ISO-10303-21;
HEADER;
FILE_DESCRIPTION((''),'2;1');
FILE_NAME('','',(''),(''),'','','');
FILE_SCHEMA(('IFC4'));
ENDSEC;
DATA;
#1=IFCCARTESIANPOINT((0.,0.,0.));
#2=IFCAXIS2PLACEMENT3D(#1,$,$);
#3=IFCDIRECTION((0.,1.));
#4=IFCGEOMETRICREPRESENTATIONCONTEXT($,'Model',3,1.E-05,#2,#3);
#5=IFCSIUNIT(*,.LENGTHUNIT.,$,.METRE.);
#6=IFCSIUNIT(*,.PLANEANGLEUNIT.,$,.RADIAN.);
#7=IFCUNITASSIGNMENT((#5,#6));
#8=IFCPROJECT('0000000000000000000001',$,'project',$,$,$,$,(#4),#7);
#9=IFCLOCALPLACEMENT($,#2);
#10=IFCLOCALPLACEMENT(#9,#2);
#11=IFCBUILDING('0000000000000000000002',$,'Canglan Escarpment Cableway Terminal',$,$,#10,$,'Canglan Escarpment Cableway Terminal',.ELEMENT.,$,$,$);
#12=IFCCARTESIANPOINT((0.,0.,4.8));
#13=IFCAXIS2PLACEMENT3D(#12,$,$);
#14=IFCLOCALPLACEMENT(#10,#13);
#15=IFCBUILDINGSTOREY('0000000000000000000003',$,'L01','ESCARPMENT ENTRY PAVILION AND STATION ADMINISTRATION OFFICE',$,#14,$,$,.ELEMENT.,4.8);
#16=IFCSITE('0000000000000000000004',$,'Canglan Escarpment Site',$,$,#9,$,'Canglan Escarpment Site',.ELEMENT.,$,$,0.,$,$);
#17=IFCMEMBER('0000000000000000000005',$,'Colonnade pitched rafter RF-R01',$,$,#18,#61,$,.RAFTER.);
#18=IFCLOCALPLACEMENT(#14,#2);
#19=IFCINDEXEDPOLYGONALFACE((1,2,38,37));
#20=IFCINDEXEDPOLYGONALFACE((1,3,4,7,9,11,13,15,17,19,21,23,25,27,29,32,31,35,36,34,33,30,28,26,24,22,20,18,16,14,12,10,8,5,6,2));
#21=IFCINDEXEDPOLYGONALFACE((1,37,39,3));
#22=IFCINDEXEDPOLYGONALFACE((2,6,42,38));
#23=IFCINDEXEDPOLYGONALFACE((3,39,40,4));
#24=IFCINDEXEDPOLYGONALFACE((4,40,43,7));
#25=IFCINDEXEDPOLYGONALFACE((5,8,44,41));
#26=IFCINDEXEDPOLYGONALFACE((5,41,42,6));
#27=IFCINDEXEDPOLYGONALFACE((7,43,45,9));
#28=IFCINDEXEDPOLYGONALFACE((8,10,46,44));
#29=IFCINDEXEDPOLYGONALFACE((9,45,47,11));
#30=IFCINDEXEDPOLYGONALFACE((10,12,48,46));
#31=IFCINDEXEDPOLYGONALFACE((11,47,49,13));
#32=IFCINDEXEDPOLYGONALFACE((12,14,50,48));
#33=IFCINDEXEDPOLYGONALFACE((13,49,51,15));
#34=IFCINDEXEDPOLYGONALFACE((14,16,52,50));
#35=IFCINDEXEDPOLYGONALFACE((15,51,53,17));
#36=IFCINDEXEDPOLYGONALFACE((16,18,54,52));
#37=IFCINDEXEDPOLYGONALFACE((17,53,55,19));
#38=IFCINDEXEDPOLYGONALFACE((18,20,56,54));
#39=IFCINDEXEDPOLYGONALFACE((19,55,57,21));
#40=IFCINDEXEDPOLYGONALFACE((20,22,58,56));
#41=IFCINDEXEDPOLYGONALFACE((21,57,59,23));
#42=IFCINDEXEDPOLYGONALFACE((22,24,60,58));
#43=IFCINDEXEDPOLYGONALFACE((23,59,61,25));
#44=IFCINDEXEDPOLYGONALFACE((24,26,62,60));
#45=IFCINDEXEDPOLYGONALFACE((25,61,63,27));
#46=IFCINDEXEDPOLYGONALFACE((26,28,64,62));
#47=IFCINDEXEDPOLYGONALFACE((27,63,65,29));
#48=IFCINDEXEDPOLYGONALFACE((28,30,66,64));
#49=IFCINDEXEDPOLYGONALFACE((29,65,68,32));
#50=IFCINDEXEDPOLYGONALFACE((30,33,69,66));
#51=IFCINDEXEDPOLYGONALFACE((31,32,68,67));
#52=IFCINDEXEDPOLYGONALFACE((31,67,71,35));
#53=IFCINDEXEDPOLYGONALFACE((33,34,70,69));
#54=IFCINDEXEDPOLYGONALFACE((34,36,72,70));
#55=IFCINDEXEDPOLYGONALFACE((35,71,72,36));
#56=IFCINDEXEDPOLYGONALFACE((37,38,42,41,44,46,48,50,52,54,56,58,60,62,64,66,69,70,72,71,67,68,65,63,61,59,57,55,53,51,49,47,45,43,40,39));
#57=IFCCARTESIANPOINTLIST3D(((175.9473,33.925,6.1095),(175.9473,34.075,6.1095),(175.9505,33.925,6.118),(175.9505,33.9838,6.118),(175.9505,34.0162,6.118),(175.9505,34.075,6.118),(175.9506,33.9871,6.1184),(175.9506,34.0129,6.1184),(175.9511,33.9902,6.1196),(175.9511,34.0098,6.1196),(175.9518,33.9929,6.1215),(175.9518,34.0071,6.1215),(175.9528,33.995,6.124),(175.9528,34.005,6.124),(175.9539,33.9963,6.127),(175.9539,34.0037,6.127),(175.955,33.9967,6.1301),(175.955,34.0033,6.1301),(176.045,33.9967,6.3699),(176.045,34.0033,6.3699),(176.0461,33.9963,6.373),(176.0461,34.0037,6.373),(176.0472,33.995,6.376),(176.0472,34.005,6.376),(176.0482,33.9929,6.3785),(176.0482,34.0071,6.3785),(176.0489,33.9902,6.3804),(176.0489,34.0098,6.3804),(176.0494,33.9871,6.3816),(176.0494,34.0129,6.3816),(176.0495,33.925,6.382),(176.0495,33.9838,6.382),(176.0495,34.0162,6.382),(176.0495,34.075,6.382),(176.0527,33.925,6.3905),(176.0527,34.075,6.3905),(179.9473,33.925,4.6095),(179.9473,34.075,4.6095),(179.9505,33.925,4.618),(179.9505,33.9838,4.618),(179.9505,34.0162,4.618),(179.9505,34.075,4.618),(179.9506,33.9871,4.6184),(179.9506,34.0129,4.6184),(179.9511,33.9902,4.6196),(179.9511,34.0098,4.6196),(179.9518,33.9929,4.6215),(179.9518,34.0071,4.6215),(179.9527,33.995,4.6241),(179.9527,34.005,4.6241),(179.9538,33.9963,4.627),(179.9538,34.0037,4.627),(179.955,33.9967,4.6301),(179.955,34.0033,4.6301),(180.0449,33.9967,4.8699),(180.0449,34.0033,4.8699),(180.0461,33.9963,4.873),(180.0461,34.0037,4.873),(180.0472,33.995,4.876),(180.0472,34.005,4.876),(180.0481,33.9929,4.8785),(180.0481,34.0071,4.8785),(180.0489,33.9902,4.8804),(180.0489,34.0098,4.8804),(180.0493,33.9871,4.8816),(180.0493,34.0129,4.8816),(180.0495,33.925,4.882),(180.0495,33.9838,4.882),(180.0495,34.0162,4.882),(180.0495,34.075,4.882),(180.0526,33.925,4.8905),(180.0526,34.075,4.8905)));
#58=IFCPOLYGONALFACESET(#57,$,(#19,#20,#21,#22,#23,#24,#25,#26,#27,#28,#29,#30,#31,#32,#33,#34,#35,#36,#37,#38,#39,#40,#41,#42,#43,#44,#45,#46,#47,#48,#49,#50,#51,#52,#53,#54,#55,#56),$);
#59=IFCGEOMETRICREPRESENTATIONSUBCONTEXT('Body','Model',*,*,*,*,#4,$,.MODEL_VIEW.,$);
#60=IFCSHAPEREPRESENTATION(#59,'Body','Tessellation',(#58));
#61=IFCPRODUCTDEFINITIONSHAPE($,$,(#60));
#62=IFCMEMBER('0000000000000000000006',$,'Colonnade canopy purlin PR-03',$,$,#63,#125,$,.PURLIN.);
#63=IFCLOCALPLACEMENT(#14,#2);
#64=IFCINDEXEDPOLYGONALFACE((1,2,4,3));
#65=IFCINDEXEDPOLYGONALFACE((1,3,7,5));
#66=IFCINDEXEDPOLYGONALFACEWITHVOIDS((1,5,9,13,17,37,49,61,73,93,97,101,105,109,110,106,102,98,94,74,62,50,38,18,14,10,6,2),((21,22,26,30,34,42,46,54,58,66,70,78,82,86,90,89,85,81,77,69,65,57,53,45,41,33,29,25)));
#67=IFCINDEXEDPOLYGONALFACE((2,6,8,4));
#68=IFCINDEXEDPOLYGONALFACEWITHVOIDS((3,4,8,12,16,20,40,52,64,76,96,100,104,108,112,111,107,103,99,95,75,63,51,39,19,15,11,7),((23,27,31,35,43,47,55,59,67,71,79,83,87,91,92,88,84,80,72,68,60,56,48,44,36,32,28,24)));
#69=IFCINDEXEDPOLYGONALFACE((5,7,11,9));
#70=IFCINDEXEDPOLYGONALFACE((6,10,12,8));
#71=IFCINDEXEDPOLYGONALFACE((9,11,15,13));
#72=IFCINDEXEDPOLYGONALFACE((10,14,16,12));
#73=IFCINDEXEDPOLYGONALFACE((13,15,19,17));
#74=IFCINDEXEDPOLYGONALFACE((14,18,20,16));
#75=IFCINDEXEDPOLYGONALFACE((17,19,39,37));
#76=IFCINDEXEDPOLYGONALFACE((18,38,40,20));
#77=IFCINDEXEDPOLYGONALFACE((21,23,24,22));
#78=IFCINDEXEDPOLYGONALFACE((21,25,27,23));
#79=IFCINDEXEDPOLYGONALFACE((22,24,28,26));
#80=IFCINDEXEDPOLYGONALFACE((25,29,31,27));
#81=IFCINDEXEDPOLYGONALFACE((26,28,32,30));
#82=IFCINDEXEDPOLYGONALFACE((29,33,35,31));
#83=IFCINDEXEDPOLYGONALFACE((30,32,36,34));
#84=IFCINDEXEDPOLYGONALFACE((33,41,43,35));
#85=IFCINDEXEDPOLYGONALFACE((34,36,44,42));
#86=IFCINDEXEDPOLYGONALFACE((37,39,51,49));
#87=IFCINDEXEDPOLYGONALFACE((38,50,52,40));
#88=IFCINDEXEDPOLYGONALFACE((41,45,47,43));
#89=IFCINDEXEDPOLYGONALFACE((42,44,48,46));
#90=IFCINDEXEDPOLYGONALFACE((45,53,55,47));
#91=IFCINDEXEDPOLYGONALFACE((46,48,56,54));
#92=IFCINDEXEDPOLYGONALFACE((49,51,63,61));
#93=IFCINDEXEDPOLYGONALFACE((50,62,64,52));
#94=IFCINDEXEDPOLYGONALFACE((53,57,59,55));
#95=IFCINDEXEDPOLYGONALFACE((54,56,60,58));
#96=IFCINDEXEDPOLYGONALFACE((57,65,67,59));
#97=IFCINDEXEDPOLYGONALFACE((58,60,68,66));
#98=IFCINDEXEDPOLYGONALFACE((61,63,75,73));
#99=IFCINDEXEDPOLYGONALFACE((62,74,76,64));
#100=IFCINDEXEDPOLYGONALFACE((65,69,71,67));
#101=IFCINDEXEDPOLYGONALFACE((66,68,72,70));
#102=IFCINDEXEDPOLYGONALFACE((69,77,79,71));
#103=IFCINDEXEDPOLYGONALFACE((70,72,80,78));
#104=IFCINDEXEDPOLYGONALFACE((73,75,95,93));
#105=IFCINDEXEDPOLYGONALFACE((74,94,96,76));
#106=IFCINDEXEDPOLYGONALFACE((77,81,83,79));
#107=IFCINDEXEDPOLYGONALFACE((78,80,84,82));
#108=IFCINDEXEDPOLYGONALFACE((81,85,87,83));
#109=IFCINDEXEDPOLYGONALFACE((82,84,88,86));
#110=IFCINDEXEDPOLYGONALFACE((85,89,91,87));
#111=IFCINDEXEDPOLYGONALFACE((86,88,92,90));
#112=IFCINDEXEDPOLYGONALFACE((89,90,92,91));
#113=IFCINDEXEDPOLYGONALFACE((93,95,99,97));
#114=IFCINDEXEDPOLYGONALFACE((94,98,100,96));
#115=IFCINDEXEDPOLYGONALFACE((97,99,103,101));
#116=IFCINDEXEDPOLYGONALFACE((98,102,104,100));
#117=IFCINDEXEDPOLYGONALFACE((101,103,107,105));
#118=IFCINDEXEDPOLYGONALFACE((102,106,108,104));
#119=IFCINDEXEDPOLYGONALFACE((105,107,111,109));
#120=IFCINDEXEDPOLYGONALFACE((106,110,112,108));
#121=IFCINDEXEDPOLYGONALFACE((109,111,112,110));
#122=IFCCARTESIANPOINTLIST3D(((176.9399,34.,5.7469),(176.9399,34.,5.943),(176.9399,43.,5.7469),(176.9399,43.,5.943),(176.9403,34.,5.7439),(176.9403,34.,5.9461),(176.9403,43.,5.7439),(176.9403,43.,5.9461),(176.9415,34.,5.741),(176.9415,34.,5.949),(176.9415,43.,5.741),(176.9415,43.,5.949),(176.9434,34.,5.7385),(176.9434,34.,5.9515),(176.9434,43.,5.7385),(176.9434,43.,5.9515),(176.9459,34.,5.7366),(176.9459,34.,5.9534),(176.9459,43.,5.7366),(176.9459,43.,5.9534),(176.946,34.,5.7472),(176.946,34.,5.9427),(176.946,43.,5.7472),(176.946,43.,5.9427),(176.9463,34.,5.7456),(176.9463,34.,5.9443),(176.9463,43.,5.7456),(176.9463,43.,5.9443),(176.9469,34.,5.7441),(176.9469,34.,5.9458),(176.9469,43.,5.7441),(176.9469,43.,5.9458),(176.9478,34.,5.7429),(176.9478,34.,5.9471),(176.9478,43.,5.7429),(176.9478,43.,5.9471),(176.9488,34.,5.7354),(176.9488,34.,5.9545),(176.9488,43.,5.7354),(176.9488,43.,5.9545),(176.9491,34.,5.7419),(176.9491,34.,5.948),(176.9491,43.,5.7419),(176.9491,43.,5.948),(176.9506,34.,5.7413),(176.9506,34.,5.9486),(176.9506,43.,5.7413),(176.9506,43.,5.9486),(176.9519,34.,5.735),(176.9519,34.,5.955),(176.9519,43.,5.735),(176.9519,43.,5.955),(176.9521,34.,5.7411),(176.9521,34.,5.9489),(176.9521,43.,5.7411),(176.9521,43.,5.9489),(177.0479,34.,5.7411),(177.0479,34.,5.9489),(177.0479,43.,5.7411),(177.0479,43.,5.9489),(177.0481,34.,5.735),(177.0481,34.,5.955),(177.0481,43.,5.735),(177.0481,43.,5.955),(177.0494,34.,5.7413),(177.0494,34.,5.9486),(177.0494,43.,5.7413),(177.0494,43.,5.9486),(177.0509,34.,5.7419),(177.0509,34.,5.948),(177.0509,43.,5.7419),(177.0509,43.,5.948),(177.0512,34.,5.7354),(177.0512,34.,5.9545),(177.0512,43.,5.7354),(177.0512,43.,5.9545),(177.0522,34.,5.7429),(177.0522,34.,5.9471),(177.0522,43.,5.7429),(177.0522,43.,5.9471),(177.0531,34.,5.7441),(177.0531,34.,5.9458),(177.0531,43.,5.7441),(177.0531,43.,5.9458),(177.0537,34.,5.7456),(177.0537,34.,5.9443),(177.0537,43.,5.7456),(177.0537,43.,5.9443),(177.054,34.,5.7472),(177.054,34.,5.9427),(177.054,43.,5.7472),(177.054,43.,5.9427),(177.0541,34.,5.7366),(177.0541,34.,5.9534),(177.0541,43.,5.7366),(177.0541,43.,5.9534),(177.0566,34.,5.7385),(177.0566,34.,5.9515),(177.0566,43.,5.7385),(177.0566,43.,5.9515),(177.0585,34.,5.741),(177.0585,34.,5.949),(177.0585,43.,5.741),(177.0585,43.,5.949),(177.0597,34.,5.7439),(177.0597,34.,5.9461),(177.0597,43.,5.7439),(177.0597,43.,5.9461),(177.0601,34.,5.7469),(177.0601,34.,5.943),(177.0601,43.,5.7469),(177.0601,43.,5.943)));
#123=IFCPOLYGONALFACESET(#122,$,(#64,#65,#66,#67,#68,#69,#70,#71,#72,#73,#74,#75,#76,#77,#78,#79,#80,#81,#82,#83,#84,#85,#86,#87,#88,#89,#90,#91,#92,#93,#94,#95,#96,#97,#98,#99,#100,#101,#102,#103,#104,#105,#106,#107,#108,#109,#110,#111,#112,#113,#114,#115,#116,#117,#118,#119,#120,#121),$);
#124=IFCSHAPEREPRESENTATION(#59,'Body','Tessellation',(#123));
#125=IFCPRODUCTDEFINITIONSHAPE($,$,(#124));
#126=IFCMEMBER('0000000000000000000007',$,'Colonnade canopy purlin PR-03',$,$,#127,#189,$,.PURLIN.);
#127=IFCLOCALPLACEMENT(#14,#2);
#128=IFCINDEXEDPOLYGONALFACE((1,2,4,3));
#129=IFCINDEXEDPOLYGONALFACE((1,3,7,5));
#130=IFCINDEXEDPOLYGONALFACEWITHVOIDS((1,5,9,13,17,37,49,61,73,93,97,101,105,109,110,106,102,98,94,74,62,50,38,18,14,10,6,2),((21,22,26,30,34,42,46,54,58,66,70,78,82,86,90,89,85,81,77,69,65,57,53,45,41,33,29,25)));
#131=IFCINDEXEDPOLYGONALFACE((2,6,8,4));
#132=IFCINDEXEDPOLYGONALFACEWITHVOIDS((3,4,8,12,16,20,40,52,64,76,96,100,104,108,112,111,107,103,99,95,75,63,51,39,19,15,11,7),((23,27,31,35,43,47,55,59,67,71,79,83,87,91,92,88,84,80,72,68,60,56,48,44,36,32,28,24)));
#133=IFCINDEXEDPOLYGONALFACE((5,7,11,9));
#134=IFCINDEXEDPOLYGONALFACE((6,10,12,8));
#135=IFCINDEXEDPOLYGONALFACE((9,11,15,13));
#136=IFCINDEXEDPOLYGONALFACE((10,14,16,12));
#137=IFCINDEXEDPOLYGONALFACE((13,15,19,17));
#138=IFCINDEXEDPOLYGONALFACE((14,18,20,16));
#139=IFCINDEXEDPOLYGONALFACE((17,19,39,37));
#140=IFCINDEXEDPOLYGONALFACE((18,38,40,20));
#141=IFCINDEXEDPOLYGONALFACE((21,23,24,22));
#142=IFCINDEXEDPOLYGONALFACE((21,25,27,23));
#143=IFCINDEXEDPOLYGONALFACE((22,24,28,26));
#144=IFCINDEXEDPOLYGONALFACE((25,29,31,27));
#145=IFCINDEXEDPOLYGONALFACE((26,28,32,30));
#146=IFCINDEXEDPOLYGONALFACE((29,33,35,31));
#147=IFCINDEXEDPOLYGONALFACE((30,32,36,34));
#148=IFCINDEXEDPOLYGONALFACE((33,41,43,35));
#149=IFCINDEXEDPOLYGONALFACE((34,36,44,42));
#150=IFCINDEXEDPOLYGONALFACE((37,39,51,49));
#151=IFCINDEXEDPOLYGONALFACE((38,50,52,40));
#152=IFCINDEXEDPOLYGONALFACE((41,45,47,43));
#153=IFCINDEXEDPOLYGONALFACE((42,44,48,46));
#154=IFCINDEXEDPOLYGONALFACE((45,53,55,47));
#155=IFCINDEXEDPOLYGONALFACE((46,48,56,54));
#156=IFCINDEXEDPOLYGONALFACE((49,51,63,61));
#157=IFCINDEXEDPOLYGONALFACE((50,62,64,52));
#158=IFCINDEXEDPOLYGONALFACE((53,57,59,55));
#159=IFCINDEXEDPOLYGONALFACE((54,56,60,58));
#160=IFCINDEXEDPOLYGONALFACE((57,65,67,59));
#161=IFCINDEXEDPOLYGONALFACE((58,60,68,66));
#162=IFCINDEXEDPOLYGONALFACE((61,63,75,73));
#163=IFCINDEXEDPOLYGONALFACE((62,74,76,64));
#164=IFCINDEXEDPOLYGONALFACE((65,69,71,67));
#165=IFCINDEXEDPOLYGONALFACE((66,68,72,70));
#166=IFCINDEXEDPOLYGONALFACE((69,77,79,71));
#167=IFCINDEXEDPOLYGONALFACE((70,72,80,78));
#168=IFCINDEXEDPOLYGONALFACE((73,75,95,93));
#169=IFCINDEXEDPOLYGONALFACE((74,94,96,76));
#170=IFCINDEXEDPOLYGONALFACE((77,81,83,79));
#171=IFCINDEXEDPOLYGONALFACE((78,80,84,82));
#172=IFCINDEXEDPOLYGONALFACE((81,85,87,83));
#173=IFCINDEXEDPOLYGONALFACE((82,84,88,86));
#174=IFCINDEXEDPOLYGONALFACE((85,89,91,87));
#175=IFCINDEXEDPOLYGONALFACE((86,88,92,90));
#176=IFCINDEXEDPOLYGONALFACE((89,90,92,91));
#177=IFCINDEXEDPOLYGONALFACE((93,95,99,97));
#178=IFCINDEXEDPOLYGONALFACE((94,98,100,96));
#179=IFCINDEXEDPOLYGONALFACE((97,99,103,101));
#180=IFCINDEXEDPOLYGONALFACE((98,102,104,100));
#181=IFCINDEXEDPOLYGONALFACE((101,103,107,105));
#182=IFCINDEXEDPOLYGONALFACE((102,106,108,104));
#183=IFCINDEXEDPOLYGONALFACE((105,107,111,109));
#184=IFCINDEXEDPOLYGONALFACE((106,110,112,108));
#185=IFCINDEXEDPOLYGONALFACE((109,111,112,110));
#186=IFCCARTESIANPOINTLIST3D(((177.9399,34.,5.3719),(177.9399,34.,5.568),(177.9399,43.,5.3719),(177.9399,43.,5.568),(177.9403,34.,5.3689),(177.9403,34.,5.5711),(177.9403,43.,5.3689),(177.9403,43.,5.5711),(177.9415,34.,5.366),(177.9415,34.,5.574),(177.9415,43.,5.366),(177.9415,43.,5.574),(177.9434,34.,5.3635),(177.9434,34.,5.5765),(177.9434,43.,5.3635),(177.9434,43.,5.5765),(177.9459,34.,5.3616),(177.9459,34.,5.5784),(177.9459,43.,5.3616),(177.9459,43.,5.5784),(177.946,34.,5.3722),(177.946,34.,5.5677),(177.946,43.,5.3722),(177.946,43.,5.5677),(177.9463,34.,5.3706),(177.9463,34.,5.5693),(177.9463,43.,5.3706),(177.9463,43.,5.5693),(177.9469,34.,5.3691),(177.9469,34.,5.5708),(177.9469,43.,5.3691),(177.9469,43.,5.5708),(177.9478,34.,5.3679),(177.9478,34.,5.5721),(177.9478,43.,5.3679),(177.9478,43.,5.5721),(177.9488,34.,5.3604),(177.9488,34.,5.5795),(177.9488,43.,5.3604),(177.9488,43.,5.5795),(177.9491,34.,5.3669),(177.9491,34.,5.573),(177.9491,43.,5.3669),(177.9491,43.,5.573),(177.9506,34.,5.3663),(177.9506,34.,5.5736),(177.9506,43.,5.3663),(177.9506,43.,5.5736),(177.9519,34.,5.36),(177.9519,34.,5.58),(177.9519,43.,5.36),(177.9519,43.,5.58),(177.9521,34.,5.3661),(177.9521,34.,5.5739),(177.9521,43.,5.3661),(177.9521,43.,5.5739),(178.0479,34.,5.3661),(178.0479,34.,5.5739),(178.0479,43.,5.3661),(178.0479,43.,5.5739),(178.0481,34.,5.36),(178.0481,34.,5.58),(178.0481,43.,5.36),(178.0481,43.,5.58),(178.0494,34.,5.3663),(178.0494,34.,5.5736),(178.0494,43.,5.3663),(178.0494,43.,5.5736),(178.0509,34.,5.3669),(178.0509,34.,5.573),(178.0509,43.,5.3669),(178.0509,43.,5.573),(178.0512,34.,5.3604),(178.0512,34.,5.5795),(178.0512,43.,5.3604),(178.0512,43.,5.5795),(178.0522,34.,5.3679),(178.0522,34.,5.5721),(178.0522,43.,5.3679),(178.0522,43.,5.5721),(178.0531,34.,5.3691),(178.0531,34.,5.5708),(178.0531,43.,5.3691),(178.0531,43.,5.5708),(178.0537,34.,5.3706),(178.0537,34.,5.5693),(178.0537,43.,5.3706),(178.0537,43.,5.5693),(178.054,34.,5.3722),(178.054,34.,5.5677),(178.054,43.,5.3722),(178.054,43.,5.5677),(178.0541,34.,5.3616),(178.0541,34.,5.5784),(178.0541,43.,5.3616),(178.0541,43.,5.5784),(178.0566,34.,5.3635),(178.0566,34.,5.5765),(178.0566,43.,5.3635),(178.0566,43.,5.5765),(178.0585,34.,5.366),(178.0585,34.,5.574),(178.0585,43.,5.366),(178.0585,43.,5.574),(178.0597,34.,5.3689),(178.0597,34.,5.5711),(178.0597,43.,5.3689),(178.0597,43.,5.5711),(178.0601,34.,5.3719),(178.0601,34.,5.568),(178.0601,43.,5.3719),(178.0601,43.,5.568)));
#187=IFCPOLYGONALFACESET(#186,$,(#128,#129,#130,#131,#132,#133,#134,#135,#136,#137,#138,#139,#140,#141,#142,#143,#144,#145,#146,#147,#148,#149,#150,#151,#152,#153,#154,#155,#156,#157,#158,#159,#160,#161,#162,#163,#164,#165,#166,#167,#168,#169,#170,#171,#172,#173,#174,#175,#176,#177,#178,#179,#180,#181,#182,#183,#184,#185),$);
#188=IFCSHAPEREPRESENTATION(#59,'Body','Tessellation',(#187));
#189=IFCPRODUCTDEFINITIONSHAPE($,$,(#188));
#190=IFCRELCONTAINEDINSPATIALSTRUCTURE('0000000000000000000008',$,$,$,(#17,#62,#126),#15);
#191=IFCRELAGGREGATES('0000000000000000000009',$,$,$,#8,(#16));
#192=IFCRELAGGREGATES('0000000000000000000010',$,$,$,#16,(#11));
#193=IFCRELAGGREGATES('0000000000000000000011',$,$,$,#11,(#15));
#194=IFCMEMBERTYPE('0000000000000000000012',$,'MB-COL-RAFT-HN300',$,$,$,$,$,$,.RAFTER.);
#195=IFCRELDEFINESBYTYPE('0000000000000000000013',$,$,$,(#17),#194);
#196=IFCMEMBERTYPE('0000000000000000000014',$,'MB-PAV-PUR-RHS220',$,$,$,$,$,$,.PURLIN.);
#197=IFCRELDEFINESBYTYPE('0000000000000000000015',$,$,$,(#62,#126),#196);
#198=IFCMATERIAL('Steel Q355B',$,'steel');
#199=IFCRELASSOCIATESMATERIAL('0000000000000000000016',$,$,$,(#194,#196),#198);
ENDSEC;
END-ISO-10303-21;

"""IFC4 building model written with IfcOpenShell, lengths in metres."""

from ifc_helpers import new_model, si_unit, direction, frame, origin, origin_2d, place, context, subcontext, project, spatial, hollow_rectangle, i_section, extrude, material, material_profile, profile_set, type_object, element, save


model = new_model("IFC4")

# Units and contexts
model_context = context("Model", 3, precision=1e-05, world=origin(), true_north=direction((0.0, 1.0)))
body_context = subcontext(model_context, "Body", "Model", "MODEL_VIEW")
ifc_project = project(units=[si_unit("LENGTHUNIT", "METRE"), si_unit("PLANEANGLEUNIT", "RADIAN")], contexts=[model_context])

# Site, building, storey
site_placement = place(None, origin())
site = spatial("IfcSite", under=ifc_project, at=site_placement, Name="Canglan Escarpment Site", LongName="Canglan Escarpment Site", CompositionType="ELEMENT", RefElevation=0.0)
building_placement = place(site_placement, origin())
building = spatial("IfcBuilding", under=site, at=building_placement, Name="Canglan Escarpment Cableway Terminal", LongName="Canglan Escarpment Cableway Terminal", CompositionType="ELEMENT")
storey_placement = place(building_placement, frame((0.0, 0.0, 4.8)))
storey = spatial("IfcBuildingStorey", under=building, at=storey_placement, Name="L01", Description="ESCARPMENT ENTRY PAVILION AND STATION ADMINISTRATION OFFICE", CompositionType="ELEMENT", Elevation=4.8)

# Shared definitions
ifc_material_1 = material(Name="Steel Q355B", Category="steel")

# Members
ifc_material_profile_1 = material_profile(ifc_material_1, i_section(OverallWidth=0.1499, OverallDepth=0.3, WebThickness=0.0066, FlangeThickness=0.009, FilletRadius=0.0129, at=origin_2d()), Name="HN 300x150x6.5x9")
ifc_profile_set_1 = profile_set([ifc_material_profile_1], Name="Steel Q355B")
member_type_1 = type_object("IfcMemberType", Name="MB-COL-RAFT-HN300", PredefinedType="RAFTER", material=ifc_profile_set_1)
member_1_placement = place(storey_placement, frame((176.0, 34.0, 6.25), z_axis=(0.936329, 0.0, -0.351123), x_axis=(0.0, 1.0, 0.0)))
element("IfcMember", 1, at=member_1_placement, inside=storey, type_object=member_type_1, Name="Colonnade pitched rafter RF-R01", PredefinedType="RAFTER", context=body_context, shape_type="SweptSolid", body=[
    extrude(i_section(OverallWidth=0.1499, OverallDepth=0.3, WebThickness=0.0066, FlangeThickness=0.009, FilletRadius=0.0129, at=origin_2d()), origin(), (0.0, 0.0, 1.0), 4.272),
])
ifc_material_profile_2 = material_profile(ifc_material_1, hollow_rectangle(XDim=0.1201, YDim=0.22, WallThickness=0.0061, InnerFilletRadius=0.0061, OuterFilletRadius=0.012, at=origin_2d()), Name="RHS 220x120x6")
ifc_profile_set_2 = profile_set([ifc_material_profile_2], Name="Steel Q355B")
member_type_2 = type_object("IfcMemberType", Name="MB-PAV-PUR-RHS220", PredefinedType="PURLIN", material=ifc_profile_set_2)
for number, where, z_axis, x_axis, name in (
    (2, (177.0, 34.0, 5.845), (0.0, 1.0, 0.0), (-1.0, 0.0, 0.0), "Colonnade canopy purlin PR-03"),
    (3, (178.0, 34.0, 5.47), (0.0, 1.0, 0.0), (-1.0, 0.0, 0.0), "Colonnade canopy purlin PR-03"),
):
    element("IfcMember", number, at=place(storey_placement, frame(where, z_axis=z_axis, x_axis=x_axis)), inside=storey, type_object=member_type_2, Name=name, PredefinedType="PURLIN", context=body_context, shape_type="SweptSolid", body=[
        extrude(hollow_rectangle(XDim=0.1201, YDim=0.22, WallThickness=0.0061, InnerFilletRadius=0.0061, OuterFilletRadius=0.012, at=origin_2d()), origin(), (0.0, 0.0, 1.0), 9.0),
    ])

save(model, "model.ifc")
